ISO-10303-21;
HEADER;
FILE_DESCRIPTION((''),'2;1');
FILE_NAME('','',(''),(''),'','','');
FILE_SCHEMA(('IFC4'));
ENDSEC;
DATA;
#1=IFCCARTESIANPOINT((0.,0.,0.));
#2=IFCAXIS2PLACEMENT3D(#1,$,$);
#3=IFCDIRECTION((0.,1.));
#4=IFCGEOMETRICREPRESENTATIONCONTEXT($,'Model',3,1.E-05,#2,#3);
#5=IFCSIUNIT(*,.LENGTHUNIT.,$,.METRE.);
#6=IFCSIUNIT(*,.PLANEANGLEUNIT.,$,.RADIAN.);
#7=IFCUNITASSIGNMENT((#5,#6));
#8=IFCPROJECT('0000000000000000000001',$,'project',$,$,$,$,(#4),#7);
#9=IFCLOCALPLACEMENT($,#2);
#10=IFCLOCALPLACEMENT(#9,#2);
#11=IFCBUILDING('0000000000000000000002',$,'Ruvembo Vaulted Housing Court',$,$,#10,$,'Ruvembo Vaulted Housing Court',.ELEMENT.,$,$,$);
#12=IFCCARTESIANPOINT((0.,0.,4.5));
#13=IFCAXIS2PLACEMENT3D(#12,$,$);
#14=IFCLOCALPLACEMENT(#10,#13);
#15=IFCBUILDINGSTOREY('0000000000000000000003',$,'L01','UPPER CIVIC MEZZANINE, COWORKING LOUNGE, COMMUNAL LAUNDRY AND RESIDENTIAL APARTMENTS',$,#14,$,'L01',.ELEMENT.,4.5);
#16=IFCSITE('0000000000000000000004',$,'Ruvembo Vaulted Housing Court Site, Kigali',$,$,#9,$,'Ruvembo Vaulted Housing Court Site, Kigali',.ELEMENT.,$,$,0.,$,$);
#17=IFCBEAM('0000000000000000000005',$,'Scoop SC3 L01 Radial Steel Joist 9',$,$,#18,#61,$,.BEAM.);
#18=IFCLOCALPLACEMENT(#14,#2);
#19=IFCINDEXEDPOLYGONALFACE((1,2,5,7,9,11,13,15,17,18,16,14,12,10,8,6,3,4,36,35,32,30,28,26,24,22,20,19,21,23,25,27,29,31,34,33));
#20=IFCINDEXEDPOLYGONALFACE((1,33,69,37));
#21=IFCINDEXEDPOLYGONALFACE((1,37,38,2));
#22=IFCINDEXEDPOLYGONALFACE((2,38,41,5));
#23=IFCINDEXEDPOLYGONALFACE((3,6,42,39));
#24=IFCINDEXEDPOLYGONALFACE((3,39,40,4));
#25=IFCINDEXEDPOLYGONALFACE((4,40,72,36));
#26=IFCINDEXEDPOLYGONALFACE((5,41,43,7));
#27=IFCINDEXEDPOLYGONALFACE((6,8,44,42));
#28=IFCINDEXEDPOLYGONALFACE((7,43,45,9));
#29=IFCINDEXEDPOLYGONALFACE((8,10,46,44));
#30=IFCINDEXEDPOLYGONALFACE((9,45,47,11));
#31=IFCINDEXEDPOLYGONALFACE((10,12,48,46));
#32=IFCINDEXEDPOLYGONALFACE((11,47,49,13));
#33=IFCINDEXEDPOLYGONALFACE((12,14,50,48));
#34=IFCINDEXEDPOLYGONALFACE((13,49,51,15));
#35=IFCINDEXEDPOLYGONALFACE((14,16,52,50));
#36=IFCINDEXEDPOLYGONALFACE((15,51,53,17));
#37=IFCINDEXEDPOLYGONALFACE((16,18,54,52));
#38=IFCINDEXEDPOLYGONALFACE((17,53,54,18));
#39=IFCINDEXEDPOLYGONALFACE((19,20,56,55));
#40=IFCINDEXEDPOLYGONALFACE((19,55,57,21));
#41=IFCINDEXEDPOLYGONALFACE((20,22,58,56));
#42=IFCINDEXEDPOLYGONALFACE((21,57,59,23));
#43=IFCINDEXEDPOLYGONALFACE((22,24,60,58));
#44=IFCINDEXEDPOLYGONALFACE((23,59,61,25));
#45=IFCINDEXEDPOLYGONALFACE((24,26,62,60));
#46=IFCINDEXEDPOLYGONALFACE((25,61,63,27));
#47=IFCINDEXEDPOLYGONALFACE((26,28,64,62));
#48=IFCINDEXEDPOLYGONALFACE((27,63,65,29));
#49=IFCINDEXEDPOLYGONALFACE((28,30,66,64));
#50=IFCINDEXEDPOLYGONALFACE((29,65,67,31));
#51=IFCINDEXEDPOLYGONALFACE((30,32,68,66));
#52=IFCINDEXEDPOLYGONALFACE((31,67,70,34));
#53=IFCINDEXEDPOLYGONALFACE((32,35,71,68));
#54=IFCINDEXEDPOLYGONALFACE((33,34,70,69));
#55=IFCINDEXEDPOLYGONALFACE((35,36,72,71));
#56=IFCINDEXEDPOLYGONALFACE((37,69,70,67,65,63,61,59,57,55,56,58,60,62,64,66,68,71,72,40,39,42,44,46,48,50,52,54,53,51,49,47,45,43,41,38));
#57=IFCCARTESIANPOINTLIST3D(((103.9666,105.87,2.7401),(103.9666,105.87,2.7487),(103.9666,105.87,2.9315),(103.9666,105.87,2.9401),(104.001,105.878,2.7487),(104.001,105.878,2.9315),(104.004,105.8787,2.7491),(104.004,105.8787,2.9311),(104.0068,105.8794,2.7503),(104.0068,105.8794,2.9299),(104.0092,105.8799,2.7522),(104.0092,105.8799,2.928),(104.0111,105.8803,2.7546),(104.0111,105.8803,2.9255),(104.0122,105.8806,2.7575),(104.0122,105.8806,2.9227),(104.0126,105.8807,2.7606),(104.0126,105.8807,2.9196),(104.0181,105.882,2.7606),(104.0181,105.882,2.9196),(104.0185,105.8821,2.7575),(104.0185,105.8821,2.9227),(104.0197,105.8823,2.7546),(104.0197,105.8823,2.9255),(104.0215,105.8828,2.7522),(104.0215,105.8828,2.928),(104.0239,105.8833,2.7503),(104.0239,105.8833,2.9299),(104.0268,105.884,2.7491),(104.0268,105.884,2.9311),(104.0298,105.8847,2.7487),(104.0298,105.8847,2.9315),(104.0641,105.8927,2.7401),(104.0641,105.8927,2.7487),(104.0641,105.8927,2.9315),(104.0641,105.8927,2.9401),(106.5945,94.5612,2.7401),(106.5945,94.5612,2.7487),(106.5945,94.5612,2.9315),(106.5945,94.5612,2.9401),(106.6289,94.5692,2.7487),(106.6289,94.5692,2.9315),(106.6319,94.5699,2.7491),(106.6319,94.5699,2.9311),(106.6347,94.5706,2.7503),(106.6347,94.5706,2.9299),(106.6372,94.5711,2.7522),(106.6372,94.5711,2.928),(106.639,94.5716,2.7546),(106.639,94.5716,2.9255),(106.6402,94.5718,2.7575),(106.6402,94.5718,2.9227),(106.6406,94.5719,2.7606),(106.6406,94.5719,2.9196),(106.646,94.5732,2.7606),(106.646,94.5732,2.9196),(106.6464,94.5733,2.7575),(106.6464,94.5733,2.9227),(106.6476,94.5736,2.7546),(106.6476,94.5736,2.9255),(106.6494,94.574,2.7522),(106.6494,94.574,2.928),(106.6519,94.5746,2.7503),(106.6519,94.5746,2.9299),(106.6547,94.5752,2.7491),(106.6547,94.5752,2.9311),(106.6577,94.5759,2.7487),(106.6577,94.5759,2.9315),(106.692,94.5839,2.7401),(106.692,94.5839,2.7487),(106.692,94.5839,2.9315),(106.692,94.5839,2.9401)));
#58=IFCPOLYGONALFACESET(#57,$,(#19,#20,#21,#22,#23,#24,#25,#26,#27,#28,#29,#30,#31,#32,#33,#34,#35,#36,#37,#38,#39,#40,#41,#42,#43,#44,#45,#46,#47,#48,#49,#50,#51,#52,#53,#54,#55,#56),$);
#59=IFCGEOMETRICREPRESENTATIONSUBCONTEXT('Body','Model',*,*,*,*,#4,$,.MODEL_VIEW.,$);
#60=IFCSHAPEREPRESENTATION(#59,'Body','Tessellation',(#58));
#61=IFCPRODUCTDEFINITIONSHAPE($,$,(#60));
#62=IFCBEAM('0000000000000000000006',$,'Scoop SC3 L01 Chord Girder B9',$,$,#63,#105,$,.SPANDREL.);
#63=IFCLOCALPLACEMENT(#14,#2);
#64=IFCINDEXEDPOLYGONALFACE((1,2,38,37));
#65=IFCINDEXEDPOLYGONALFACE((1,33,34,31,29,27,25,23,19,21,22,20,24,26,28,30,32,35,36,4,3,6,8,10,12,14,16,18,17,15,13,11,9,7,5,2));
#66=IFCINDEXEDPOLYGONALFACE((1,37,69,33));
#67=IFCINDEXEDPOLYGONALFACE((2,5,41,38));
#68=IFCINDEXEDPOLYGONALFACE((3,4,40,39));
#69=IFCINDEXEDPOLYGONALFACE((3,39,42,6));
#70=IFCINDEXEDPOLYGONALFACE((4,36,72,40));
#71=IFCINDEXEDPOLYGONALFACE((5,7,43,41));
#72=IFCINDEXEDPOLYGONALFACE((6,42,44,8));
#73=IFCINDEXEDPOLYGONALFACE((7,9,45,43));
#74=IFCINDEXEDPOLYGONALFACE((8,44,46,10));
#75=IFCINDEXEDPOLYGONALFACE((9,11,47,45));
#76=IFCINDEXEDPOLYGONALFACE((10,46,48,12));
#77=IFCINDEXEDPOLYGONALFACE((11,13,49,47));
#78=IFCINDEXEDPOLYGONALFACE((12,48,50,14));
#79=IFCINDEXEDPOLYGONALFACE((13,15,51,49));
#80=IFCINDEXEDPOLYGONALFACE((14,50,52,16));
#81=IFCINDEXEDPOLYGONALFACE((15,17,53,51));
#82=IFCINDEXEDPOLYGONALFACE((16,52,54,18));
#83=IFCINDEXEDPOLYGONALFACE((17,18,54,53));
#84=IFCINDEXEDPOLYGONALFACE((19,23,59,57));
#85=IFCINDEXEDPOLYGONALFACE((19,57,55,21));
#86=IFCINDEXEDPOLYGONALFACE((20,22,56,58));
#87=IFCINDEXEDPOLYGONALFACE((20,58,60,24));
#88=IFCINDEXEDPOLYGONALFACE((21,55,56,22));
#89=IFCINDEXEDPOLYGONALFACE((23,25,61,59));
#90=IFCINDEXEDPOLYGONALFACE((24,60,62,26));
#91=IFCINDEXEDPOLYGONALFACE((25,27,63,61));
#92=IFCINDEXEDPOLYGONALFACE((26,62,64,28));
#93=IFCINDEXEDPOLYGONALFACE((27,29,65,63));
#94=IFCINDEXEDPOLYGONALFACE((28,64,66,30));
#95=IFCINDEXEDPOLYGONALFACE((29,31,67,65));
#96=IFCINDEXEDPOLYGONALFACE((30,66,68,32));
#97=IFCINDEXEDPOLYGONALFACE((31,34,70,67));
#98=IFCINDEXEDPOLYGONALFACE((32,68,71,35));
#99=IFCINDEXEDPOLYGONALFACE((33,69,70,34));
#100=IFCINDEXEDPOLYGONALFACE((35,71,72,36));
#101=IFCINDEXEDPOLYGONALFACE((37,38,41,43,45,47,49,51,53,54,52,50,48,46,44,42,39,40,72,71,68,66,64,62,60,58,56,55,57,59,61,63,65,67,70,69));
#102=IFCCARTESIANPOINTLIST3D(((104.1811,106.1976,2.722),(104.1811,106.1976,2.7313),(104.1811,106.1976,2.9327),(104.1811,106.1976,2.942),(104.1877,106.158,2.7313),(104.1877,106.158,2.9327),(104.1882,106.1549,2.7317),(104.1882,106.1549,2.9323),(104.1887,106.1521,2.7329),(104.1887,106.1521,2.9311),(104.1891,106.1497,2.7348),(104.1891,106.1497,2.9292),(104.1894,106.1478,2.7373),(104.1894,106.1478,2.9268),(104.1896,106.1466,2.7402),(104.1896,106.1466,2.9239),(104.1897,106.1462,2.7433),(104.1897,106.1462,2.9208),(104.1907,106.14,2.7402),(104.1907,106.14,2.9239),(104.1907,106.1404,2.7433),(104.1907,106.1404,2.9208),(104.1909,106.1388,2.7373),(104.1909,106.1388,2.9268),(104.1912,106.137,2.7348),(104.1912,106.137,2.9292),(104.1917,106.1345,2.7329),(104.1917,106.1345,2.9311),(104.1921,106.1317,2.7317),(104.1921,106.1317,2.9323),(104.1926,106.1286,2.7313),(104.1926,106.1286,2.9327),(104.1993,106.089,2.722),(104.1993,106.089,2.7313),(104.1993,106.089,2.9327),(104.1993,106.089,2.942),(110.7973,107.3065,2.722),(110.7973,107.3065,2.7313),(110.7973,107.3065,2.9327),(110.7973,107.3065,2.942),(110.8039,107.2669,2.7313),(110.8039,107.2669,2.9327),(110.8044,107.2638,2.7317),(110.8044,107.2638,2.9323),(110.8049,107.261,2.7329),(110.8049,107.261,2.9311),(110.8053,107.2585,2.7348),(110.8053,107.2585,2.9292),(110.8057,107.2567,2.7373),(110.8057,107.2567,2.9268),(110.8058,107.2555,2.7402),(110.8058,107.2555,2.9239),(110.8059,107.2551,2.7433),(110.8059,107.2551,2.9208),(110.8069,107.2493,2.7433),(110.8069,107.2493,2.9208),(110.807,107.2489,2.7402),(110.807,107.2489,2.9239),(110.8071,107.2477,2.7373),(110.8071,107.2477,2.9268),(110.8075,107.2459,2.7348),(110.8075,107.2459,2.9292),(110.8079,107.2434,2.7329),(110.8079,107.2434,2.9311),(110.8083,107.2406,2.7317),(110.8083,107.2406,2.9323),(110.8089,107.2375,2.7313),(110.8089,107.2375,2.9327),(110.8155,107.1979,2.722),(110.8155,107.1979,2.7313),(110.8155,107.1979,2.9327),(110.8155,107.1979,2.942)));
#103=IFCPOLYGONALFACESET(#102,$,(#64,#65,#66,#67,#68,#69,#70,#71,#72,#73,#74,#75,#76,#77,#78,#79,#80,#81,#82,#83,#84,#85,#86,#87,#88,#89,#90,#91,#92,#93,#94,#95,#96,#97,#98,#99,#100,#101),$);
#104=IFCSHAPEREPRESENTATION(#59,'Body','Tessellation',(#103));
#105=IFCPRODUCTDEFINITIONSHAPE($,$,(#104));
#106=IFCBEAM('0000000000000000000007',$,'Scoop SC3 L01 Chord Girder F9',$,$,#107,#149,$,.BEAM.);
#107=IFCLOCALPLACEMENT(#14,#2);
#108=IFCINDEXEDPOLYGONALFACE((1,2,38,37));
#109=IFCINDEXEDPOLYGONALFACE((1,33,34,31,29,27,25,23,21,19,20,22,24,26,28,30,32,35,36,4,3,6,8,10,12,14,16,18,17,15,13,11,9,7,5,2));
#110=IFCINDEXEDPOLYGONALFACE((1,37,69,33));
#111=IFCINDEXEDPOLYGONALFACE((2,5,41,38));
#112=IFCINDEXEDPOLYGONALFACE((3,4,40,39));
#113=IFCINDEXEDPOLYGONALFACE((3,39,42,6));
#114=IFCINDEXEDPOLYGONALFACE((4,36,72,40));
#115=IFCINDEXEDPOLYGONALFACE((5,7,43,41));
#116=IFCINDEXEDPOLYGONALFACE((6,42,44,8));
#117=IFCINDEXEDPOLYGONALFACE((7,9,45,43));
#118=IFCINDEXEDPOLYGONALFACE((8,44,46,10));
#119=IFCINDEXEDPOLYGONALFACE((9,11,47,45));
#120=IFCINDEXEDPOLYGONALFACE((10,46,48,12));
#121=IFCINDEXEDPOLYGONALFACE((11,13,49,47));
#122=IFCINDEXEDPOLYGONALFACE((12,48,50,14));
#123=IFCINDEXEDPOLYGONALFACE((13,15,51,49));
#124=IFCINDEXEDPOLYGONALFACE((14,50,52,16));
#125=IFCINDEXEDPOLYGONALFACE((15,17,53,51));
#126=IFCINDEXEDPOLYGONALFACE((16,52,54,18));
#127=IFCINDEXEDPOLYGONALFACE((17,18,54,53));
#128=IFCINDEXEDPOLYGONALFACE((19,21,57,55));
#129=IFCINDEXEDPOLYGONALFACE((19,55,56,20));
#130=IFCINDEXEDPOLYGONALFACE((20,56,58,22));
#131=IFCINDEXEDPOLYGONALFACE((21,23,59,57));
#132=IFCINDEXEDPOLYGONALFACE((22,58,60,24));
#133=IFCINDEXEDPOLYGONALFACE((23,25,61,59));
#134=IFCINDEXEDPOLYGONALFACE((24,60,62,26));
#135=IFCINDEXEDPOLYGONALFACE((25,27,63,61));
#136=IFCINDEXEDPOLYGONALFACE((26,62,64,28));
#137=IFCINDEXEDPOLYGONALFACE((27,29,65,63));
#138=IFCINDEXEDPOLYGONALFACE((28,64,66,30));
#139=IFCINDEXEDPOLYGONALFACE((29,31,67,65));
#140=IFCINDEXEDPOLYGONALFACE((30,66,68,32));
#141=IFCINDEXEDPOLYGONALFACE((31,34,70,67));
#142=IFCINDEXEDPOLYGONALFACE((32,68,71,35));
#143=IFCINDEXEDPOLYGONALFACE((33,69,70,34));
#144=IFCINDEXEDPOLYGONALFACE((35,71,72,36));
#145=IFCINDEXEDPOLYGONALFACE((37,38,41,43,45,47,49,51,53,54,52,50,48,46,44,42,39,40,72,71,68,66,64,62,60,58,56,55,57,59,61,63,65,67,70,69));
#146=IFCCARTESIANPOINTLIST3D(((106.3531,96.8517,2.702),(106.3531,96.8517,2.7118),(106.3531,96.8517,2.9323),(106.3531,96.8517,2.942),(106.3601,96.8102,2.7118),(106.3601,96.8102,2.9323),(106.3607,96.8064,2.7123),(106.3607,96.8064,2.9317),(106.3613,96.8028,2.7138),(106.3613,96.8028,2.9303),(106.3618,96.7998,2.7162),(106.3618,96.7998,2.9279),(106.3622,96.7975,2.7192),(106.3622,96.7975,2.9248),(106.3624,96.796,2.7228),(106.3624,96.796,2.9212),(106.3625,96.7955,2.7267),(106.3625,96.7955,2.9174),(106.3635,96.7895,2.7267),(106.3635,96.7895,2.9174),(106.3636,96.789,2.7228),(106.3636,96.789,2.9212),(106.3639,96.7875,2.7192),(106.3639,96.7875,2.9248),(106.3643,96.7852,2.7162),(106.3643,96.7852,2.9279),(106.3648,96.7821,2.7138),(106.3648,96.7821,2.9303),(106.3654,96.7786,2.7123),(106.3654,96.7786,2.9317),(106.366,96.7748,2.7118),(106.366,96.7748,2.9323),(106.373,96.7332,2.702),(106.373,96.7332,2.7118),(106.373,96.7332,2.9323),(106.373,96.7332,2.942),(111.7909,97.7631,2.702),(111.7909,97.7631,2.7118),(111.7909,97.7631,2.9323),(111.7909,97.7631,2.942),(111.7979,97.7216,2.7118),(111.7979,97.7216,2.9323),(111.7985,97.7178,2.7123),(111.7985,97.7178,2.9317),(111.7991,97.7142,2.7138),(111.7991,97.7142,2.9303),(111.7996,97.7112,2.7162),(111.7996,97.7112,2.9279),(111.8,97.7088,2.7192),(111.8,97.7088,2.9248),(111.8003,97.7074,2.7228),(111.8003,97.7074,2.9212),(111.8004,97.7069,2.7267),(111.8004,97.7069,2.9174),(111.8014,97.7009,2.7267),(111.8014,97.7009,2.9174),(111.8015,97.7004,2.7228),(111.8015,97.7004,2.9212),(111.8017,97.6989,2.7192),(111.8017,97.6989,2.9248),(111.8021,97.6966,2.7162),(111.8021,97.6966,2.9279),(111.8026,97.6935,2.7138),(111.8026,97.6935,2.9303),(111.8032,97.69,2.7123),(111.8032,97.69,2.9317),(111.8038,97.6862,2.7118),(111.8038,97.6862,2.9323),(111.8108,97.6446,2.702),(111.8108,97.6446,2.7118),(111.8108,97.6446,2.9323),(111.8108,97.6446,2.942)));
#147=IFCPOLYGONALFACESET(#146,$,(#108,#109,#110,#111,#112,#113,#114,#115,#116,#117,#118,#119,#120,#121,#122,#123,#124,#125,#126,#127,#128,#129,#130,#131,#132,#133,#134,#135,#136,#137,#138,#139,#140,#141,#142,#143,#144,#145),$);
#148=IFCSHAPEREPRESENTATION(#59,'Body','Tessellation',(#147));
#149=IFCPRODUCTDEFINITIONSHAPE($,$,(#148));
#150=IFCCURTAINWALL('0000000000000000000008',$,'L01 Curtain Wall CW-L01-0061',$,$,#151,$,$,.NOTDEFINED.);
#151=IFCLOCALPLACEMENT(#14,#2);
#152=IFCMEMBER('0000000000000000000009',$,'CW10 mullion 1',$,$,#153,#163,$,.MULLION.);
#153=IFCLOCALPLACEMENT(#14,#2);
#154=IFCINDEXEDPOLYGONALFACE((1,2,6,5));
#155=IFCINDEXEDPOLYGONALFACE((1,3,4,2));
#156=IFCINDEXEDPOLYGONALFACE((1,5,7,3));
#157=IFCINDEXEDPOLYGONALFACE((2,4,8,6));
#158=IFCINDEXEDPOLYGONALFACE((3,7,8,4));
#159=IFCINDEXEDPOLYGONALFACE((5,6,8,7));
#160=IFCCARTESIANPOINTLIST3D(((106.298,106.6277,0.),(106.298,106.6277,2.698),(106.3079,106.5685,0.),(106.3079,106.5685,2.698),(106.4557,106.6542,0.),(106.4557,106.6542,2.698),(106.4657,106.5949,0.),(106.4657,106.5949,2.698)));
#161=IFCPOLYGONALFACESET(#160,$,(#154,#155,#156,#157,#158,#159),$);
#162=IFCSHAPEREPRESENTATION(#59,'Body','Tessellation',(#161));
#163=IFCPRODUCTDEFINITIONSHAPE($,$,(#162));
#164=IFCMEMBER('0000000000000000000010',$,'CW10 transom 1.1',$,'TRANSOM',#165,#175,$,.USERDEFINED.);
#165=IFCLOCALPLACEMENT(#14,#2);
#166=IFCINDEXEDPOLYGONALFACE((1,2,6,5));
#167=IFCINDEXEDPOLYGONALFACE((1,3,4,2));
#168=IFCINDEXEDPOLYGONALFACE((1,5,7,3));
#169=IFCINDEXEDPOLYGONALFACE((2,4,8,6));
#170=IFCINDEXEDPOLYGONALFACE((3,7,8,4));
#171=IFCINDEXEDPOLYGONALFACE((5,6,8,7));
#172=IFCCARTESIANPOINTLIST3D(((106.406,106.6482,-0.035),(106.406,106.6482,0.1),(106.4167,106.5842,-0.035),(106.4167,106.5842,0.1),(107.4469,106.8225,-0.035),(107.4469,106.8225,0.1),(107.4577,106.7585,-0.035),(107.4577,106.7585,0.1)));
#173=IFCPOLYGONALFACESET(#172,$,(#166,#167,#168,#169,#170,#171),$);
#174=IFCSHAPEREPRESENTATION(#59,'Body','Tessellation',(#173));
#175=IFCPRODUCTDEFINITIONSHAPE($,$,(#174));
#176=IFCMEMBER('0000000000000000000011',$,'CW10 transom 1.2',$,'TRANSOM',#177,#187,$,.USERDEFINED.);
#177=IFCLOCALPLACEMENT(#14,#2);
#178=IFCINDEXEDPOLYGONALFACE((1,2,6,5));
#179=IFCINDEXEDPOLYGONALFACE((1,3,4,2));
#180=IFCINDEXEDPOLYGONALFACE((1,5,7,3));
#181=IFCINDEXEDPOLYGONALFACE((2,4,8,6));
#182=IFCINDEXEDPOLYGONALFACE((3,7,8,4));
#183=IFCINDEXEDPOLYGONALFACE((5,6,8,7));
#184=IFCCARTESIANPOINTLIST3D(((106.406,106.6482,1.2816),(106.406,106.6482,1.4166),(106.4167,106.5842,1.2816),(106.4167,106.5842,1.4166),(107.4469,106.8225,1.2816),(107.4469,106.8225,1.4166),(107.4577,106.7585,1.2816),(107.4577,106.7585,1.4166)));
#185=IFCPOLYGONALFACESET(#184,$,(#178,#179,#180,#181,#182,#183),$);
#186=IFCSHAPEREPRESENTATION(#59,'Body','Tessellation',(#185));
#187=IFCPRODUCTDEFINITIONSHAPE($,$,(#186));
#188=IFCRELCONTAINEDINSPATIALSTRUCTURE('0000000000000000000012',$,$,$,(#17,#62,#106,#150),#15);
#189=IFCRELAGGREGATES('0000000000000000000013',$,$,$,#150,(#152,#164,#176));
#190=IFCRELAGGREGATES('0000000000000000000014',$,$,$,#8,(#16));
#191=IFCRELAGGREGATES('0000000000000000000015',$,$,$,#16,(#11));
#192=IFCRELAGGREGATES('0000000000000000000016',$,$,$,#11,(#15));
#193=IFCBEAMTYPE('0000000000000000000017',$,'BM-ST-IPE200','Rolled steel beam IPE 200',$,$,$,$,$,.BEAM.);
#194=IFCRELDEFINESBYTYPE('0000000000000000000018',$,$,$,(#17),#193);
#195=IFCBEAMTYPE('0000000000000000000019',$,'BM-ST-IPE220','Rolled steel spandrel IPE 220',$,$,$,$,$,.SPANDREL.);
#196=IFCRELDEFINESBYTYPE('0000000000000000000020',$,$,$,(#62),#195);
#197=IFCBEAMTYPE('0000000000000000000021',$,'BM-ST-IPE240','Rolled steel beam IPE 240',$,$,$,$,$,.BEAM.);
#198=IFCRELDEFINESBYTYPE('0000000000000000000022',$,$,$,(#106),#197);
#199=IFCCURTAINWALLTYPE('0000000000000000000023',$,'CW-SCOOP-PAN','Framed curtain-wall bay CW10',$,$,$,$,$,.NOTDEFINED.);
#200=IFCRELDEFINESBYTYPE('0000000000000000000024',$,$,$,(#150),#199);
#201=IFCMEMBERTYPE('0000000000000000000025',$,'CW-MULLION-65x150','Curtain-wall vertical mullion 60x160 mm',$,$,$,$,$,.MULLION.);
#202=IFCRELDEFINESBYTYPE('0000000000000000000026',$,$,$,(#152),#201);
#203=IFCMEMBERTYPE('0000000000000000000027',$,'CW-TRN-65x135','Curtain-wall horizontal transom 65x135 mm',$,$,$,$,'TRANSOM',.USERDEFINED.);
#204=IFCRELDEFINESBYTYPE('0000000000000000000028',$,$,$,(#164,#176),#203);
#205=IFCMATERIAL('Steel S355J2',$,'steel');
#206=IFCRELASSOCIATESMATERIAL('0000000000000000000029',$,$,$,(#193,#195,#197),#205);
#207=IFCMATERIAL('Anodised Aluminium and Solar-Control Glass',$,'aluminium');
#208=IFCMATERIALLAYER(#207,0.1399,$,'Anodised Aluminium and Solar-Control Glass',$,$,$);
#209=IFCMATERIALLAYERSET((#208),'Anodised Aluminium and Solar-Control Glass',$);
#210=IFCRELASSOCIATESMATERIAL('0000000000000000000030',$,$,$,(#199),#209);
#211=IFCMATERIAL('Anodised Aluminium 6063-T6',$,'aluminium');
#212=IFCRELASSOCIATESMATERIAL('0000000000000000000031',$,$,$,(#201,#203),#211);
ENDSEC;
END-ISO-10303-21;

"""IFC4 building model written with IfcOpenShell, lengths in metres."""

from ifc_helpers import new_model, si_unit, direction, frame, origin, origin_2d, place, context, subcontext, project, spatial, rectangle, i_section, extrude, material, layer, layer_set, material_profile, profile_set, type_object, element, aggregate, save


model = new_model("IFC4")

# Units and contexts
model_context = context("Model", 3, precision=1e-05, world=origin(), true_north=direction((0.0, 1.0)))
body_context = subcontext(model_context, "Body", "Model", "MODEL_VIEW")
ifc_project = project(units=[si_unit("LENGTHUNIT", "METRE"), si_unit("PLANEANGLEUNIT", "RADIAN")], contexts=[model_context])

# Site, building, storey
site_placement = place(None, origin())
site = spatial("IfcSite", under=ifc_project, at=site_placement, Name="Ruvembo Vaulted Housing Court Site, Kigali", LongName="Ruvembo Vaulted Housing Court Site, Kigali", CompositionType="ELEMENT", RefElevation=0.0)
building_placement = place(site_placement, origin())
building = spatial("IfcBuilding", under=site, at=building_placement, Name="Ruvembo Vaulted Housing Court", LongName="Ruvembo Vaulted Housing Court", CompositionType="ELEMENT")
storey_placement = place(building_placement, frame((0.0, 0.0, 4.5)))
storey = spatial("IfcBuildingStorey", under=building, at=storey_placement, Name="L01", Description="UPPER CIVIC MEZZANINE, COWORKING LOUNGE, COMMUNAL LAUNDRY AND RESIDENTIAL APARTMENTS", LongName="L01", CompositionType="ELEMENT", Elevation=4.5)

# Beams
ifc_material_1 = material(Name="Steel S355J2", Category="steel")
ifc_material_profile_1 = material_profile(ifc_material_1, i_section(OverallWidth=0.1001, OverallDepth=0.2, WebThickness=0.0056, FlangeThickness=0.0085, FilletRadius=0.012, at=origin_2d()), Name="IPE 200")
ifc_profile_set_1 = profile_set([ifc_material_profile_1], Name="Steel S355J2")
beam_type_1 = type_object("IfcBeamType", Name="BM-ST-IPE200", Description="Rolled steel beam IPE 200", PredefinedType="BEAM", material=ifc_profile_set_1)
beam_1_placement = place(storey_placement, frame((104.0154, 105.8813, 2.8401), z_axis=(0.226347, -0.974047, 0.0), x_axis=(0.974047, 0.226347, 0.0)))
element("IfcBeam", 1, at=beam_1_placement, inside=storey, type_object=beam_type_1, Name="Scoop SC3 L01 Radial Steel Joist 9", PredefinedType="BEAM", context=body_context, shape_type="SweptSolid", body=[
    extrude(i_section(OverallWidth=0.1001, OverallDepth=0.2, WebThickness=0.0056, FlangeThickness=0.0085, FilletRadius=0.012, at=origin_2d()), origin(), (0.0, 0.0, 1.0), 11.6101),
])
ifc_material_profile_2 = material_profile(ifc_material_1, i_section(OverallWidth=0.1101, OverallDepth=0.22, WebThickness=0.0059, FlangeThickness=0.0093, FilletRadius=0.012, at=origin_2d()), Name="IPE 220")
ifc_profile_set_2 = profile_set([ifc_material_profile_2], Name="Steel S355J2")
beam_type_2 = type_object("IfcBeamType", Name="BM-ST-IPE220", Description="Rolled steel spandrel IPE 220", PredefinedType="SPANDREL", material=ifc_profile_set_2)
beam_2_placement = place(storey_placement, frame((104.1902, 106.1433, 2.832), z_axis=(0.986244, 0.165296, 0.0), x_axis=(-0.165296, 0.986244, 0.0)))
element("IfcBeam", 2, at=beam_2_placement, inside=storey, type_object=beam_type_2, Name="Scoop SC3 L01 Chord Girder B9", PredefinedType="SPANDREL", context=body_context, shape_type="SweptSolid", body=[
    extrude(i_section(OverallWidth=0.1101, OverallDepth=0.22, WebThickness=0.0059, FlangeThickness=0.0093, FilletRadius=0.012, at=origin_2d()), origin(), (0.0, 0.0, 1.0), 6.7085),
])
ifc_material_profile_3 = material_profile(ifc_material_1, i_section(OverallWidth=0.1201, OverallDepth=0.24, WebThickness=0.0061, FlangeThickness=0.0098, FilletRadius=0.0149, at=origin_2d()), Name="IPE 240")
ifc_profile_set_3 = profile_set([ifc_material_profile_3], Name="Steel S355J2")
beam_type_3 = type_object("IfcBeamType", Name="BM-ST-IPE240", Description="Rolled steel beam IPE 240", PredefinedType="BEAM", material=ifc_profile_set_3)
beam_3_placement = place(storey_placement, frame((106.363, 96.7925, 2.822), z_axis=(0.986244, 0.165296, 0.0), x_axis=(-0.165296, 0.986244, 0.0)))
element("IfcBeam", 3, at=beam_3_placement, inside=storey, type_object=beam_type_3, Name="Scoop SC3 L01 Chord Girder F9", PredefinedType="BEAM", context=body_context, shape_type="SweptSolid", body=[
    extrude(i_section(OverallWidth=0.1201, OverallDepth=0.24, WebThickness=0.0061, FlangeThickness=0.0098, FilletRadius=0.0149, at=origin_2d()), origin(), (0.0, 0.0, 1.0), 5.5137),
])

# Curtain wall, members
ifc_material_2 = material(Name="Anodised Aluminium and Solar-Control Glass", Category="aluminium")
ifc_layer_1 = layer(ifc_material_2, 0.1399, Name="Anodised Aluminium and Solar-Control Glass")
ifc_layer_set_1 = layer_set([ifc_layer_1], Name="Anodised Aluminium and Solar-Control Glass")
curtain_wall_type = type_object("IfcCurtainWallType", Name="CW-SCOOP-PAN", Description="Framed curtain-wall bay CW10", PredefinedType="NOTDEFINED", material=ifc_layer_set_1)
curtain_wall_placement = place(storey_placement, origin())
curtain_wall = element("IfcCurtainWall", 4, at=curtain_wall_placement, inside=storey, type_object=curtain_wall_type, Name="L01 Curtain Wall CW-L01-0061", PredefinedType="NOTDEFINED")
ifc_material_3 = material(Name="Anodised Aluminium 6063-T6", Category="aluminium")
ifc_material_profile_4 = material_profile(ifc_material_3, rectangle(XDim=0.0601, YDim=0.1599, at=origin_2d()), Name="ALU 60x160")
ifc_profile_set_4 = profile_set([ifc_material_profile_4], Name="Anodised Aluminium 6063-T6")
member_type_1 = type_object("IfcMemberType", Name="CW-MULLION-65x150", Description="Curtain-wall vertical mullion 60x160 mm", PredefinedType="MULLION", material=ifc_profile_set_4)
member_1_placement = place(storey_placement, frame((106.3818, 106.6113, 0.0), z_axis=(0.0, 0.0, 1.0), x_axis=(-0.165263, 0.98625, 0.0)))
member_1 = element("IfcMember", 5, at=member_1_placement, type_object=member_type_1, Name="CW10 mullion 1", PredefinedType="MULLION", context=body_context, shape_type="SweptSolid", body=[
    extrude(rectangle(XDim=0.0601, YDim=0.1599, at=origin_2d()), origin(), (0.0, 0.0, 1.0), 2.698),
])
ifc_material_profile_5 = material_profile(ifc_material_3, rectangle(XDim=0.0649, YDim=0.135, at=origin_2d()), Name="ALU 65x135")
ifc_profile_set_5 = profile_set([ifc_material_profile_5], Name="Anodised Aluminium 6063-T6")
member_type_2 = type_object("IfcMemberType", Name="CW-TRN-65x135", Description="Curtain-wall horizontal transom 65x135 mm", ElementType="TRANSOM", PredefinedType="USERDEFINED", material=ifc_profile_set_5)
member_2_placement = place(storey_placement, frame((106.4114, 106.6162, 0.0325), z_axis=(0.986269, 0.165149, 0.0), x_axis=(-0.165149, 0.986269, 0.0)))
member_2 = element("IfcMember", 6, at=member_2_placement, type_object=member_type_2, Name="CW10 transom 1.1", ObjectType="TRANSOM", PredefinedType="USERDEFINED", context=body_context, shape_type="SweptSolid", body=[
    extrude(rectangle(XDim=0.0649, YDim=0.135, at=origin_2d()), origin(), (0.0, 0.0, 1.0), 1.0554),
])
member_3_placement = place(storey_placement, frame((106.4114, 106.6162, 1.3491), z_axis=(0.986269, 0.165149, 0.0), x_axis=(-0.165149, 0.986269, 0.0)))
member_3 = element("IfcMember", 7, at=member_3_placement, type_object=member_type_2, Name="CW10 transom 1.2", ObjectType="TRANSOM", PredefinedType="USERDEFINED", context=body_context, shape_type="SweptSolid", body=[
    extrude(rectangle(XDim=0.0649, YDim=0.135, at=origin_2d()), origin(), (0.0, 0.0, 1.0), 1.0554),
])
aggregate(curtain_wall, [member_1, member_2, member_3])

save(model, "model.ifc")
